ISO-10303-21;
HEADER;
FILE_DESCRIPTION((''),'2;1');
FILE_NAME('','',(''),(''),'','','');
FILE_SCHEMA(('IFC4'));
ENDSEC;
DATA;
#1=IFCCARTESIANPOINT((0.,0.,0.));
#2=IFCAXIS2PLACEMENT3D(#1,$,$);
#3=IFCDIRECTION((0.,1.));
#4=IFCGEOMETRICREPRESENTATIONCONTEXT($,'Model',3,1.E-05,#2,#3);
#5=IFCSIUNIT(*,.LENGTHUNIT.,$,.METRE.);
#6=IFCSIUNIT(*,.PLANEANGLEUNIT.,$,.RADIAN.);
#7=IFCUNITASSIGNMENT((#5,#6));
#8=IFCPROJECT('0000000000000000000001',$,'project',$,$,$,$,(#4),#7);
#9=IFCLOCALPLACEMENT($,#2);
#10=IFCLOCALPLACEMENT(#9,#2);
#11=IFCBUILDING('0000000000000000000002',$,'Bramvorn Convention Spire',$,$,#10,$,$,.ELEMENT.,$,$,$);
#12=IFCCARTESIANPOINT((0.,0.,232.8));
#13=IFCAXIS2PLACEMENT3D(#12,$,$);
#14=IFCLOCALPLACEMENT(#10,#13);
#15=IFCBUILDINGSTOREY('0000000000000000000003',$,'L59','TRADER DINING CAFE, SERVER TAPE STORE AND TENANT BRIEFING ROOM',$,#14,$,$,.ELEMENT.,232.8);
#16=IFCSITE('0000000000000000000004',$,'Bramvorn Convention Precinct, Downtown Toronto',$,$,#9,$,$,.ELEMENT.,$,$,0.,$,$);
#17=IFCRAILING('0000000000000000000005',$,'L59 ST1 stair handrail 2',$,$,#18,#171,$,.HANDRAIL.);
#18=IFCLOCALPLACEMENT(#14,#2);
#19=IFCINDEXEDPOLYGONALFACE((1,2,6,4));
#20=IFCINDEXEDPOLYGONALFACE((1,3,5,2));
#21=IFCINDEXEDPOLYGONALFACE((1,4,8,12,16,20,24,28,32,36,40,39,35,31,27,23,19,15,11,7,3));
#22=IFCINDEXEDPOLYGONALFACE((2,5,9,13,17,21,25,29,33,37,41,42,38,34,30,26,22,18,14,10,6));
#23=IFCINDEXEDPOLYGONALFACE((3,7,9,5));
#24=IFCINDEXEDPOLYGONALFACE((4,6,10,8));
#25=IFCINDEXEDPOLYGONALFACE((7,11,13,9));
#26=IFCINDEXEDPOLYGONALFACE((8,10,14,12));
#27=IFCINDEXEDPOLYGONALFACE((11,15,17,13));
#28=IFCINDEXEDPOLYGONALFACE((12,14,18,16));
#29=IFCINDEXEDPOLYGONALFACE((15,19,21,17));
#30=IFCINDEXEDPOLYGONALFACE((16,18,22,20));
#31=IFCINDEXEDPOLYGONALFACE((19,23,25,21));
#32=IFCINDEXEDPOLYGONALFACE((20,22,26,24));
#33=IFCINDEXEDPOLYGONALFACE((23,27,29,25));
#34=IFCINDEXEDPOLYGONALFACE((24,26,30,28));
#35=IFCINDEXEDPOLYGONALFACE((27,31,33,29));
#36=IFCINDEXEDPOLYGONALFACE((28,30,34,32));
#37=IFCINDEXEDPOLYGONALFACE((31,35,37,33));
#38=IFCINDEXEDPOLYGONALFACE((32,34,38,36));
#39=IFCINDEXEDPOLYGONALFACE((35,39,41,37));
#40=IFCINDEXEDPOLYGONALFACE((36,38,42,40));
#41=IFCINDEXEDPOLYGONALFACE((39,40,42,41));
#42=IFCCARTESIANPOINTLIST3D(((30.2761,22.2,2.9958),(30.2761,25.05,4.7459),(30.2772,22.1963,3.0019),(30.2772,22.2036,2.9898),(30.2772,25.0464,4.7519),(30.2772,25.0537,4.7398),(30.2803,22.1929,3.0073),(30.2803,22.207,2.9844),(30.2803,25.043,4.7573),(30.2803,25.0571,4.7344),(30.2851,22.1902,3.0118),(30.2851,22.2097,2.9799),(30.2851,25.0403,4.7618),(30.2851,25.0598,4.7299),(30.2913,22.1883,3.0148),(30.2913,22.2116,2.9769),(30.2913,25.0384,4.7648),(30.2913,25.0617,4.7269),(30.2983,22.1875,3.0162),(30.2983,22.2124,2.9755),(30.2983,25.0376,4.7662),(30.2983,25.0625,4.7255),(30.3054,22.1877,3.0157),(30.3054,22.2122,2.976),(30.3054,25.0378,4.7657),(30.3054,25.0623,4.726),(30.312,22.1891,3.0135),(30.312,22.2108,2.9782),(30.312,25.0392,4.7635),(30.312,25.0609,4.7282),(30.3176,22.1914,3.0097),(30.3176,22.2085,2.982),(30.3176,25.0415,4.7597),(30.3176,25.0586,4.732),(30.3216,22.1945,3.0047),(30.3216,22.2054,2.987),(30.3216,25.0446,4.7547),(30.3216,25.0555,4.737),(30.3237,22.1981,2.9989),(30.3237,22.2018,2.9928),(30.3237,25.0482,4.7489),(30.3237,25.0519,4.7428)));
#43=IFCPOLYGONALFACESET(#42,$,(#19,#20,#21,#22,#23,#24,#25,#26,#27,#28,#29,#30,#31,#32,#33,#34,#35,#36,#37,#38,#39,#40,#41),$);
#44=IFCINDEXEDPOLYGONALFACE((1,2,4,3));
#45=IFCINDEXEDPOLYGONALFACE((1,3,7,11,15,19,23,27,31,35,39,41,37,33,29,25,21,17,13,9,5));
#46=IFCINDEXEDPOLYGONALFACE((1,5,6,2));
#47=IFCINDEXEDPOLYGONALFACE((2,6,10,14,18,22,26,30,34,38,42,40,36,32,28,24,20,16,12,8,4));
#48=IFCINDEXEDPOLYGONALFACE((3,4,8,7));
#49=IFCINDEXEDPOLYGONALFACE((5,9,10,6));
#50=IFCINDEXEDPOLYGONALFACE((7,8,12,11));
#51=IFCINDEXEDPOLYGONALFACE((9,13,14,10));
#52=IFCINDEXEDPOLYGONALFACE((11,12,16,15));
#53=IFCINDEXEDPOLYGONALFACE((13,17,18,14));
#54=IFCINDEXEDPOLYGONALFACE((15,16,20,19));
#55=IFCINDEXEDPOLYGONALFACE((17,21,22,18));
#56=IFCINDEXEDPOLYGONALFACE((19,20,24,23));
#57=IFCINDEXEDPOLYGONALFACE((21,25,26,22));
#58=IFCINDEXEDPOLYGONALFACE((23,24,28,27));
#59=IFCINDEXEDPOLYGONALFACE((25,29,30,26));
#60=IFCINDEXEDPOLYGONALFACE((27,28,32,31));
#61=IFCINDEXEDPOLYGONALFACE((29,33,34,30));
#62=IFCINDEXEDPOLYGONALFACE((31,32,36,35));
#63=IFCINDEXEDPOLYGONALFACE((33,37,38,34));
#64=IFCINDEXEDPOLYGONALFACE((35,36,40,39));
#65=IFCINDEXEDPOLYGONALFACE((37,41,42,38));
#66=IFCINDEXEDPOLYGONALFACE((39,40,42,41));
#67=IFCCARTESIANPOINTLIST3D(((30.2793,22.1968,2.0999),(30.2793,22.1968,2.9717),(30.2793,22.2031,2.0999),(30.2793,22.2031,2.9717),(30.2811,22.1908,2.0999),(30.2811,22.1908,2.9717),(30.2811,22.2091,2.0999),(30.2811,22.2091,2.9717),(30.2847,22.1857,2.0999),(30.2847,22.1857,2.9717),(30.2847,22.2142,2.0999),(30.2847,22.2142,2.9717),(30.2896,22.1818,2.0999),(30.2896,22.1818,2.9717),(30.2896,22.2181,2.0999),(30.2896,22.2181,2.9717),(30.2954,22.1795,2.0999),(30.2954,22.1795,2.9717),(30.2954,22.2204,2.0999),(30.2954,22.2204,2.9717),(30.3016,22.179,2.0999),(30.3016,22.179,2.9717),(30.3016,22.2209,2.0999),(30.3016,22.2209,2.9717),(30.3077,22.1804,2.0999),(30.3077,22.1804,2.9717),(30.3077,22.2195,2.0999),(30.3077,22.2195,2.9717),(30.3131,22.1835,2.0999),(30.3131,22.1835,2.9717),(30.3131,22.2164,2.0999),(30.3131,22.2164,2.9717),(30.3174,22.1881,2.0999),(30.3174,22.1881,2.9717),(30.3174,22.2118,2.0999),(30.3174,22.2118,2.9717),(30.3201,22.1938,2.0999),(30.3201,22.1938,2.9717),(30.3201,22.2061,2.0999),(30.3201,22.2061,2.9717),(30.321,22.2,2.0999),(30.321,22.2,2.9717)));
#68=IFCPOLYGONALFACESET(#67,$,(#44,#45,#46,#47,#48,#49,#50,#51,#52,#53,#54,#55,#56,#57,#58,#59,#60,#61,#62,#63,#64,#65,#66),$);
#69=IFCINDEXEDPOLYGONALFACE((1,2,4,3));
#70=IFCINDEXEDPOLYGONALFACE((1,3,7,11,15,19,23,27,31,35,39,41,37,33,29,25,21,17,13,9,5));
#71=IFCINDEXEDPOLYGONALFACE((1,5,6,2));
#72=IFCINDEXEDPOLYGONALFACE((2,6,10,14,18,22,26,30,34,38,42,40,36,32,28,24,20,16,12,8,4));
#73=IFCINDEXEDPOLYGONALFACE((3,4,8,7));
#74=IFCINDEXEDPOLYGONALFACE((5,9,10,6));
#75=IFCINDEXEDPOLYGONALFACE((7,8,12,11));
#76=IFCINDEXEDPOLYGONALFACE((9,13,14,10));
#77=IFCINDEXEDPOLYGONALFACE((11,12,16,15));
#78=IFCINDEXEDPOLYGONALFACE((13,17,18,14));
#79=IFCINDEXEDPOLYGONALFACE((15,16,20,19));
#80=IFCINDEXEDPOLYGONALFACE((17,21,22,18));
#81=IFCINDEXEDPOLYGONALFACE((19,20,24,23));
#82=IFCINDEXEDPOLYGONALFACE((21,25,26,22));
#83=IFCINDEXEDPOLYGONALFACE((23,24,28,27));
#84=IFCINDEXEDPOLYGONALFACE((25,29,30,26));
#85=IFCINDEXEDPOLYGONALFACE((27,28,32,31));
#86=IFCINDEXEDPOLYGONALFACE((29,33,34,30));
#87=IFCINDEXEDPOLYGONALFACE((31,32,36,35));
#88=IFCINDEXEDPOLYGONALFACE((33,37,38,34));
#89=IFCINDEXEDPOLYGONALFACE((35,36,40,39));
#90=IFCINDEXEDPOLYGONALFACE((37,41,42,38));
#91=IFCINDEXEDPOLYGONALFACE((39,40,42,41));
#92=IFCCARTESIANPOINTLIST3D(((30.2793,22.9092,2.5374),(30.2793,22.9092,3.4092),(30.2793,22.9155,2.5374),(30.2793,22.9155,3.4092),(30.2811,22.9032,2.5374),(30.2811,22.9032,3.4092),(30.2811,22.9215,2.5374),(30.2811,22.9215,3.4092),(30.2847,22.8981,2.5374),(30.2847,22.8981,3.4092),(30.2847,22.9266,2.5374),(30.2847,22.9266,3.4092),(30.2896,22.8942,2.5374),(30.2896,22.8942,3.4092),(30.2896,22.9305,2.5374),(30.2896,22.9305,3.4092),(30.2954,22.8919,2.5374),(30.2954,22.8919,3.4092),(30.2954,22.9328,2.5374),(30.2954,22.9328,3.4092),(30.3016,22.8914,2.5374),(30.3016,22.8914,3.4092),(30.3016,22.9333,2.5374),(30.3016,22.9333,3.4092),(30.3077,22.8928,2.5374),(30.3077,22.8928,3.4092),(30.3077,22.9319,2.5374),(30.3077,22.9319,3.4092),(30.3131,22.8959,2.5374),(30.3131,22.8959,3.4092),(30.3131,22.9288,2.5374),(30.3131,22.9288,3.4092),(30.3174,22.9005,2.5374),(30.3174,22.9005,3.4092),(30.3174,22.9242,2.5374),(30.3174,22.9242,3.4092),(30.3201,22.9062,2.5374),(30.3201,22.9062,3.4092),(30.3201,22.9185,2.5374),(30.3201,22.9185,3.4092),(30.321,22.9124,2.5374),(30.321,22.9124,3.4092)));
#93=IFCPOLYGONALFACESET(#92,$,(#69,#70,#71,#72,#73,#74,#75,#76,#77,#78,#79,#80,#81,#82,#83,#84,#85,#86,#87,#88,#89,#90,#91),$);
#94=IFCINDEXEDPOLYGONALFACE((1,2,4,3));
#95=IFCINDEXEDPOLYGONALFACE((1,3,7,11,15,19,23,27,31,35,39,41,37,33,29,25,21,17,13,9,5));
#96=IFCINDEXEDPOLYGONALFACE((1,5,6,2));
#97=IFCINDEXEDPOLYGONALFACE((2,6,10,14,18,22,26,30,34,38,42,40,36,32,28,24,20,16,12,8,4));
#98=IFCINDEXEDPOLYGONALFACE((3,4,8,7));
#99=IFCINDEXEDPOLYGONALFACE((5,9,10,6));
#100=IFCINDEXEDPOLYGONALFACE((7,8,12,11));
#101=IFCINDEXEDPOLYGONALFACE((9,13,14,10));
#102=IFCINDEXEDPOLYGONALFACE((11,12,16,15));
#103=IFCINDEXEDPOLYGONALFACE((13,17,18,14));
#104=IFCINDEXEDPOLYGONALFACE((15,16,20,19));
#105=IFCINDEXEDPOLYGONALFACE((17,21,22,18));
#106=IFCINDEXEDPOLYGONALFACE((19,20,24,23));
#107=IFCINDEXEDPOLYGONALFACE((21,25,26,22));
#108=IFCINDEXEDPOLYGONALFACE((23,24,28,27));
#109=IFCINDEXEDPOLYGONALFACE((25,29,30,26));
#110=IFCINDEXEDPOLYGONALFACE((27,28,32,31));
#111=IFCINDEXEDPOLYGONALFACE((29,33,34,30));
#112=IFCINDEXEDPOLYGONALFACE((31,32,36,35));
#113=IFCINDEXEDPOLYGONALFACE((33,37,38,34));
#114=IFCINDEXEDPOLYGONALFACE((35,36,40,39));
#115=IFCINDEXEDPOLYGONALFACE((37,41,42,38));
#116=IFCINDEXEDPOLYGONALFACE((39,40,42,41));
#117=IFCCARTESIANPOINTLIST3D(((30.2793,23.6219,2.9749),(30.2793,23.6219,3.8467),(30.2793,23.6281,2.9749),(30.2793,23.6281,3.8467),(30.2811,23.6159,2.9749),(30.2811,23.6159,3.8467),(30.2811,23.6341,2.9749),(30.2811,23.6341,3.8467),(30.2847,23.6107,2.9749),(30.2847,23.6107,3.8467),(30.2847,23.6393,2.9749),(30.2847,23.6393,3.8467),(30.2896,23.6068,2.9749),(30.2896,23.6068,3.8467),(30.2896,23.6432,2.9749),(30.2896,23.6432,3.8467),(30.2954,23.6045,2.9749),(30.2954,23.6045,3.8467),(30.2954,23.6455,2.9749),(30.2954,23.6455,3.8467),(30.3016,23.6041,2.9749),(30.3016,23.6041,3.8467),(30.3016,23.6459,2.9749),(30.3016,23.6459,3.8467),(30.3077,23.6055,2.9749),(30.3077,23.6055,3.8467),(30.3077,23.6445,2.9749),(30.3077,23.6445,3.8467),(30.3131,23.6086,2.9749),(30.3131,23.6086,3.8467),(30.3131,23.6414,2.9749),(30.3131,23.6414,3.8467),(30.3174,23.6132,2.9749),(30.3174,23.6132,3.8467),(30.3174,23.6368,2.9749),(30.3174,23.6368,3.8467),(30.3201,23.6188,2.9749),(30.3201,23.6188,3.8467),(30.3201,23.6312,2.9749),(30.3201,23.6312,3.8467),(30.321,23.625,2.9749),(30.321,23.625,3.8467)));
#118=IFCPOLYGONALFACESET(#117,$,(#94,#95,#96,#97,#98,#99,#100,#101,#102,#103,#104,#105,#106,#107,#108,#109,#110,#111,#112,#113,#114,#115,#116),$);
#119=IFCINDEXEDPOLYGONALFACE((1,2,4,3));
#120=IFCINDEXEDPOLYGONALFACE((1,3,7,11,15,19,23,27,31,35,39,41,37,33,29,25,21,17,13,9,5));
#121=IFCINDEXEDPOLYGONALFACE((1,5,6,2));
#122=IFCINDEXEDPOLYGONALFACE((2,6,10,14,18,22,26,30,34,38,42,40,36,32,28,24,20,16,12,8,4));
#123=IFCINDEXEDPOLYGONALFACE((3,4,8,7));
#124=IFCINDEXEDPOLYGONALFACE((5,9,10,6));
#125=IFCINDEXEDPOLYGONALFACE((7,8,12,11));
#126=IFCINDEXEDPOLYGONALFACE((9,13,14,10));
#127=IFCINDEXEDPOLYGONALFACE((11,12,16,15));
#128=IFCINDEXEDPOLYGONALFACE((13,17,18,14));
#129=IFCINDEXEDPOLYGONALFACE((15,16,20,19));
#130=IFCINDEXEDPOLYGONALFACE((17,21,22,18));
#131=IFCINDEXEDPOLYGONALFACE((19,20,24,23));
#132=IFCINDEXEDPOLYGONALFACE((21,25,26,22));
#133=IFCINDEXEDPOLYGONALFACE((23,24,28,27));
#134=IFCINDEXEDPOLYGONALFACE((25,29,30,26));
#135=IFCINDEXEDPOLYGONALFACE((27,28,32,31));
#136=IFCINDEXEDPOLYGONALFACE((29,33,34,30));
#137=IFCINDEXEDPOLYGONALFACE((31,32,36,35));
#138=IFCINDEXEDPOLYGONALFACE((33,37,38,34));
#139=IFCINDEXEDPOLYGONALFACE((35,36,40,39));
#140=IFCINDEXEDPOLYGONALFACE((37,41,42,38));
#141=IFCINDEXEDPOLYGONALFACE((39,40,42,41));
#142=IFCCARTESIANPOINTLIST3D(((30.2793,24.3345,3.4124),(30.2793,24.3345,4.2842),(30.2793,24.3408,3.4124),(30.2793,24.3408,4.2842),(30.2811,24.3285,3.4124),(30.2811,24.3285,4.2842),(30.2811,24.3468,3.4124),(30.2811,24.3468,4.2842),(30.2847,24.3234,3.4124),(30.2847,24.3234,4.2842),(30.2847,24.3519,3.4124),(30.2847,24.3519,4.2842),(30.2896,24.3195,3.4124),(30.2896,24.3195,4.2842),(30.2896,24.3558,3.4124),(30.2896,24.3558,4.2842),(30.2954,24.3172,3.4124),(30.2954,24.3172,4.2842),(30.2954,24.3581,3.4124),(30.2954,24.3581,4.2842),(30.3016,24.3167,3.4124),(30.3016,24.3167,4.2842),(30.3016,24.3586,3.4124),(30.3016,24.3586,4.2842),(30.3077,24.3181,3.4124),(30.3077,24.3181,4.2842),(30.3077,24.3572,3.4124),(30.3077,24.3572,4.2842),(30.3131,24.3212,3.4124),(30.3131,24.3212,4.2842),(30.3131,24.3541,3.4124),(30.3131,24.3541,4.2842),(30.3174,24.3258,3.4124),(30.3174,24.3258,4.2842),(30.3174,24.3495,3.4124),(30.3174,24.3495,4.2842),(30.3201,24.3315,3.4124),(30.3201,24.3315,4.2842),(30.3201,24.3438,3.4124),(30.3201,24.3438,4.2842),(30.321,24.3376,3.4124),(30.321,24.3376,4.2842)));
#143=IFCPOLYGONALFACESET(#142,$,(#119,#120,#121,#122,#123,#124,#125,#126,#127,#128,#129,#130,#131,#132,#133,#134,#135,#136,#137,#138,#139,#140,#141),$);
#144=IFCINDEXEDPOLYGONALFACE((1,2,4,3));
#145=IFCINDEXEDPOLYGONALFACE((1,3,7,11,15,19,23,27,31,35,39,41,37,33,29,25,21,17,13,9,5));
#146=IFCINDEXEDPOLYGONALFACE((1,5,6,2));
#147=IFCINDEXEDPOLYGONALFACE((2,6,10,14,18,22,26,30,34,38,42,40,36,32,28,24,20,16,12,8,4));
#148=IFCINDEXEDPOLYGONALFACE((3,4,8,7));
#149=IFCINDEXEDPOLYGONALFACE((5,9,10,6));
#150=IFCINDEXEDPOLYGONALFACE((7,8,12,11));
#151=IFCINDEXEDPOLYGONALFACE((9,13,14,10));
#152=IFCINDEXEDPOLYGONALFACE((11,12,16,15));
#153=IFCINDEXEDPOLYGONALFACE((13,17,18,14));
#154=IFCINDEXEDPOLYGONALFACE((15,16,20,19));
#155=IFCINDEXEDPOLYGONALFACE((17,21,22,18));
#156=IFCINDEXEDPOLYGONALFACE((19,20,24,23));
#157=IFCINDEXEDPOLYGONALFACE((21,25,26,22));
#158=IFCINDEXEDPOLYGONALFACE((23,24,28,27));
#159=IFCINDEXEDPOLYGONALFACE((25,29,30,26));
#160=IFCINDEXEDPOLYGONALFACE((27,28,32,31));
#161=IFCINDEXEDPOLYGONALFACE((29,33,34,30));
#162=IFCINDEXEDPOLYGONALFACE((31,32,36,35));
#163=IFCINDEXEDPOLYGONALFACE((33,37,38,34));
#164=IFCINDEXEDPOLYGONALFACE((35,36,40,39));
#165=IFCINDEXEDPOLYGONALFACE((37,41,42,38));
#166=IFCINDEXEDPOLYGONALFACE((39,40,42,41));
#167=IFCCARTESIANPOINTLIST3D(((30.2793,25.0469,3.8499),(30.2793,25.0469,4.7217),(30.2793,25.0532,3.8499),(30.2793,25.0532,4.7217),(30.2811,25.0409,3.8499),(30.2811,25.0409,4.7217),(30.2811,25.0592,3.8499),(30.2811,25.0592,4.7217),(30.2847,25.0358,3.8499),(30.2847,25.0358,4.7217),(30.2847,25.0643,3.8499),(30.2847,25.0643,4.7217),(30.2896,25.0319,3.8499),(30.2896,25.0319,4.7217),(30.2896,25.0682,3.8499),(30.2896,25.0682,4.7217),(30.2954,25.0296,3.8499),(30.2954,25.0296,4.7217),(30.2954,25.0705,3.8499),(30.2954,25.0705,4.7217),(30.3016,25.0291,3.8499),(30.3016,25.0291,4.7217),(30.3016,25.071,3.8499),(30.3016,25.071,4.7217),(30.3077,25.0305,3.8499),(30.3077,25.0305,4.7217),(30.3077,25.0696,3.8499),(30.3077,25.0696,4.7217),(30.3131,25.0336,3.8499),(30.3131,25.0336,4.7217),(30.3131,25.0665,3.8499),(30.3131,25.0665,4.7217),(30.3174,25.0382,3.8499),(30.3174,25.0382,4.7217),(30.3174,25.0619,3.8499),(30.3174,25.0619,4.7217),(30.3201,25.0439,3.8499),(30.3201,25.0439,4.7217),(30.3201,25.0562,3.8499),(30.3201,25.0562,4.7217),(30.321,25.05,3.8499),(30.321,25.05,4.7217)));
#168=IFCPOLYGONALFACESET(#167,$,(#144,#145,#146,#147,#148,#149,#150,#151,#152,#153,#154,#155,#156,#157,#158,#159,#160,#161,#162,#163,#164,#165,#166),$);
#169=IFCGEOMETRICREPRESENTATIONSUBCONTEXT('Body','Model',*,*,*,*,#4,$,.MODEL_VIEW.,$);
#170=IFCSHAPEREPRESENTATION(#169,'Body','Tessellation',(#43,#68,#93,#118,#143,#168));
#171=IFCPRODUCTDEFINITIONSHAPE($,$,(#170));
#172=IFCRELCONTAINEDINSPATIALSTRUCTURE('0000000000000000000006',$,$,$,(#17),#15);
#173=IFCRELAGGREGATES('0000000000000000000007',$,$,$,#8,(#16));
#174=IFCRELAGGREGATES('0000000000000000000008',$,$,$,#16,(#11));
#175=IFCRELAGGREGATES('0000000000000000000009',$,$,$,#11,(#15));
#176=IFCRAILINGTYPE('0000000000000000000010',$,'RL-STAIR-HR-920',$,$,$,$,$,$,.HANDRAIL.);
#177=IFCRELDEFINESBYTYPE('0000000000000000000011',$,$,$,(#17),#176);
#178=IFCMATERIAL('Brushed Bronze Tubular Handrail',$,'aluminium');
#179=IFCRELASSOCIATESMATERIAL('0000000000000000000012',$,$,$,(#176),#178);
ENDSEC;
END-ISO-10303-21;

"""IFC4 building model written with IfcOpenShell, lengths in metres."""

from ifc_helpers import new_model, si_unit, direction, frame, origin, origin_2d, place, context, subcontext, project, spatial, circle, extrude, material, type_object, element, save


model = new_model("IFC4")

# Units and contexts
model_context = context("Model", 3, precision=1e-05, world=origin(), true_north=direction((0.0, 1.0)))
body_context = subcontext(model_context, "Body", "Model", "MODEL_VIEW")
ifc_project = project(units=[si_unit("LENGTHUNIT", "METRE"), si_unit("PLANEANGLEUNIT", "RADIAN")], contexts=[model_context])

# Site, building, storey
site_placement = place(None, origin())
site = spatial("IfcSite", under=ifc_project, at=site_placement, Name="Bramvorn Convention Precinct, Downtown Toronto", CompositionType="ELEMENT", RefElevation=0.0)
building_placement = place(site_placement, origin())
building = spatial("IfcBuilding", under=site, at=building_placement, Name="Bramvorn Convention Spire", CompositionType="ELEMENT")
storey_placement = place(building_placement, frame((0.0, 0.0, 232.8)))
storey = spatial("IfcBuildingStorey", under=building, at=storey_placement, Name="L59", Description="TRADER DINING CAFE, SERVER TAPE STORE AND TENANT BRIEFING ROOM", CompositionType="ELEMENT", Elevation=232.8)

# Railing
ifc_material_1 = material(Name="Brushed Bronze Tubular Handrail", Category="aluminium")
railing_type_1 = type_object("IfcRailingType", Name="RL-STAIR-HR-920", PredefinedType="HANDRAIL", material=ifc_material_1)
for number, where, name in (
    (1, (30.3, 22.2, 2.0999), "L59 ST1 stair handrail 2"),
):
    element("IfcRailing", number, at=place(storey_placement, frame(where)), inside=storey, type_object=railing_type_1, Name=name, PredefinedType="HANDRAIL", context=body_context, shape_type="SweptSolid", body=[
        extrude(circle(Radius=0.0239, at=origin_2d()), frame((0.0, 0.0, 0.896), z_axis=(0.0, 0.852179, 0.52325), x_axis=(-1.0, 0.0, 0.0)), (0.0, 0.0, 1.0), 3.3445),
        extrude(circle(Radius=0.021, at=origin_2d()), origin(), (0.0, 0.0, 1.0), 0.8718),
        extrude(circle(Radius=0.021, at=origin_2d()), frame((0.0, 0.7124, 0.4375)), (0.0, 0.0, 1.0), 0.8718),
        extrude(circle(Radius=0.021, at=origin_2d()), frame((0.0, 1.425, 0.875)), (0.0, 0.0, 1.0), 0.8718),
        extrude(circle(Radius=0.021, at=origin_2d()), frame((0.0, 2.1377, 1.3125)), (0.0, 0.0, 1.0), 0.8718),
        extrude(circle(Radius=0.021, at=origin_2d()), frame((0.0, 2.8501, 1.75)), (0.0, 0.0, 1.0), 0.8718),
    ])

save(model, "model.ifc")
